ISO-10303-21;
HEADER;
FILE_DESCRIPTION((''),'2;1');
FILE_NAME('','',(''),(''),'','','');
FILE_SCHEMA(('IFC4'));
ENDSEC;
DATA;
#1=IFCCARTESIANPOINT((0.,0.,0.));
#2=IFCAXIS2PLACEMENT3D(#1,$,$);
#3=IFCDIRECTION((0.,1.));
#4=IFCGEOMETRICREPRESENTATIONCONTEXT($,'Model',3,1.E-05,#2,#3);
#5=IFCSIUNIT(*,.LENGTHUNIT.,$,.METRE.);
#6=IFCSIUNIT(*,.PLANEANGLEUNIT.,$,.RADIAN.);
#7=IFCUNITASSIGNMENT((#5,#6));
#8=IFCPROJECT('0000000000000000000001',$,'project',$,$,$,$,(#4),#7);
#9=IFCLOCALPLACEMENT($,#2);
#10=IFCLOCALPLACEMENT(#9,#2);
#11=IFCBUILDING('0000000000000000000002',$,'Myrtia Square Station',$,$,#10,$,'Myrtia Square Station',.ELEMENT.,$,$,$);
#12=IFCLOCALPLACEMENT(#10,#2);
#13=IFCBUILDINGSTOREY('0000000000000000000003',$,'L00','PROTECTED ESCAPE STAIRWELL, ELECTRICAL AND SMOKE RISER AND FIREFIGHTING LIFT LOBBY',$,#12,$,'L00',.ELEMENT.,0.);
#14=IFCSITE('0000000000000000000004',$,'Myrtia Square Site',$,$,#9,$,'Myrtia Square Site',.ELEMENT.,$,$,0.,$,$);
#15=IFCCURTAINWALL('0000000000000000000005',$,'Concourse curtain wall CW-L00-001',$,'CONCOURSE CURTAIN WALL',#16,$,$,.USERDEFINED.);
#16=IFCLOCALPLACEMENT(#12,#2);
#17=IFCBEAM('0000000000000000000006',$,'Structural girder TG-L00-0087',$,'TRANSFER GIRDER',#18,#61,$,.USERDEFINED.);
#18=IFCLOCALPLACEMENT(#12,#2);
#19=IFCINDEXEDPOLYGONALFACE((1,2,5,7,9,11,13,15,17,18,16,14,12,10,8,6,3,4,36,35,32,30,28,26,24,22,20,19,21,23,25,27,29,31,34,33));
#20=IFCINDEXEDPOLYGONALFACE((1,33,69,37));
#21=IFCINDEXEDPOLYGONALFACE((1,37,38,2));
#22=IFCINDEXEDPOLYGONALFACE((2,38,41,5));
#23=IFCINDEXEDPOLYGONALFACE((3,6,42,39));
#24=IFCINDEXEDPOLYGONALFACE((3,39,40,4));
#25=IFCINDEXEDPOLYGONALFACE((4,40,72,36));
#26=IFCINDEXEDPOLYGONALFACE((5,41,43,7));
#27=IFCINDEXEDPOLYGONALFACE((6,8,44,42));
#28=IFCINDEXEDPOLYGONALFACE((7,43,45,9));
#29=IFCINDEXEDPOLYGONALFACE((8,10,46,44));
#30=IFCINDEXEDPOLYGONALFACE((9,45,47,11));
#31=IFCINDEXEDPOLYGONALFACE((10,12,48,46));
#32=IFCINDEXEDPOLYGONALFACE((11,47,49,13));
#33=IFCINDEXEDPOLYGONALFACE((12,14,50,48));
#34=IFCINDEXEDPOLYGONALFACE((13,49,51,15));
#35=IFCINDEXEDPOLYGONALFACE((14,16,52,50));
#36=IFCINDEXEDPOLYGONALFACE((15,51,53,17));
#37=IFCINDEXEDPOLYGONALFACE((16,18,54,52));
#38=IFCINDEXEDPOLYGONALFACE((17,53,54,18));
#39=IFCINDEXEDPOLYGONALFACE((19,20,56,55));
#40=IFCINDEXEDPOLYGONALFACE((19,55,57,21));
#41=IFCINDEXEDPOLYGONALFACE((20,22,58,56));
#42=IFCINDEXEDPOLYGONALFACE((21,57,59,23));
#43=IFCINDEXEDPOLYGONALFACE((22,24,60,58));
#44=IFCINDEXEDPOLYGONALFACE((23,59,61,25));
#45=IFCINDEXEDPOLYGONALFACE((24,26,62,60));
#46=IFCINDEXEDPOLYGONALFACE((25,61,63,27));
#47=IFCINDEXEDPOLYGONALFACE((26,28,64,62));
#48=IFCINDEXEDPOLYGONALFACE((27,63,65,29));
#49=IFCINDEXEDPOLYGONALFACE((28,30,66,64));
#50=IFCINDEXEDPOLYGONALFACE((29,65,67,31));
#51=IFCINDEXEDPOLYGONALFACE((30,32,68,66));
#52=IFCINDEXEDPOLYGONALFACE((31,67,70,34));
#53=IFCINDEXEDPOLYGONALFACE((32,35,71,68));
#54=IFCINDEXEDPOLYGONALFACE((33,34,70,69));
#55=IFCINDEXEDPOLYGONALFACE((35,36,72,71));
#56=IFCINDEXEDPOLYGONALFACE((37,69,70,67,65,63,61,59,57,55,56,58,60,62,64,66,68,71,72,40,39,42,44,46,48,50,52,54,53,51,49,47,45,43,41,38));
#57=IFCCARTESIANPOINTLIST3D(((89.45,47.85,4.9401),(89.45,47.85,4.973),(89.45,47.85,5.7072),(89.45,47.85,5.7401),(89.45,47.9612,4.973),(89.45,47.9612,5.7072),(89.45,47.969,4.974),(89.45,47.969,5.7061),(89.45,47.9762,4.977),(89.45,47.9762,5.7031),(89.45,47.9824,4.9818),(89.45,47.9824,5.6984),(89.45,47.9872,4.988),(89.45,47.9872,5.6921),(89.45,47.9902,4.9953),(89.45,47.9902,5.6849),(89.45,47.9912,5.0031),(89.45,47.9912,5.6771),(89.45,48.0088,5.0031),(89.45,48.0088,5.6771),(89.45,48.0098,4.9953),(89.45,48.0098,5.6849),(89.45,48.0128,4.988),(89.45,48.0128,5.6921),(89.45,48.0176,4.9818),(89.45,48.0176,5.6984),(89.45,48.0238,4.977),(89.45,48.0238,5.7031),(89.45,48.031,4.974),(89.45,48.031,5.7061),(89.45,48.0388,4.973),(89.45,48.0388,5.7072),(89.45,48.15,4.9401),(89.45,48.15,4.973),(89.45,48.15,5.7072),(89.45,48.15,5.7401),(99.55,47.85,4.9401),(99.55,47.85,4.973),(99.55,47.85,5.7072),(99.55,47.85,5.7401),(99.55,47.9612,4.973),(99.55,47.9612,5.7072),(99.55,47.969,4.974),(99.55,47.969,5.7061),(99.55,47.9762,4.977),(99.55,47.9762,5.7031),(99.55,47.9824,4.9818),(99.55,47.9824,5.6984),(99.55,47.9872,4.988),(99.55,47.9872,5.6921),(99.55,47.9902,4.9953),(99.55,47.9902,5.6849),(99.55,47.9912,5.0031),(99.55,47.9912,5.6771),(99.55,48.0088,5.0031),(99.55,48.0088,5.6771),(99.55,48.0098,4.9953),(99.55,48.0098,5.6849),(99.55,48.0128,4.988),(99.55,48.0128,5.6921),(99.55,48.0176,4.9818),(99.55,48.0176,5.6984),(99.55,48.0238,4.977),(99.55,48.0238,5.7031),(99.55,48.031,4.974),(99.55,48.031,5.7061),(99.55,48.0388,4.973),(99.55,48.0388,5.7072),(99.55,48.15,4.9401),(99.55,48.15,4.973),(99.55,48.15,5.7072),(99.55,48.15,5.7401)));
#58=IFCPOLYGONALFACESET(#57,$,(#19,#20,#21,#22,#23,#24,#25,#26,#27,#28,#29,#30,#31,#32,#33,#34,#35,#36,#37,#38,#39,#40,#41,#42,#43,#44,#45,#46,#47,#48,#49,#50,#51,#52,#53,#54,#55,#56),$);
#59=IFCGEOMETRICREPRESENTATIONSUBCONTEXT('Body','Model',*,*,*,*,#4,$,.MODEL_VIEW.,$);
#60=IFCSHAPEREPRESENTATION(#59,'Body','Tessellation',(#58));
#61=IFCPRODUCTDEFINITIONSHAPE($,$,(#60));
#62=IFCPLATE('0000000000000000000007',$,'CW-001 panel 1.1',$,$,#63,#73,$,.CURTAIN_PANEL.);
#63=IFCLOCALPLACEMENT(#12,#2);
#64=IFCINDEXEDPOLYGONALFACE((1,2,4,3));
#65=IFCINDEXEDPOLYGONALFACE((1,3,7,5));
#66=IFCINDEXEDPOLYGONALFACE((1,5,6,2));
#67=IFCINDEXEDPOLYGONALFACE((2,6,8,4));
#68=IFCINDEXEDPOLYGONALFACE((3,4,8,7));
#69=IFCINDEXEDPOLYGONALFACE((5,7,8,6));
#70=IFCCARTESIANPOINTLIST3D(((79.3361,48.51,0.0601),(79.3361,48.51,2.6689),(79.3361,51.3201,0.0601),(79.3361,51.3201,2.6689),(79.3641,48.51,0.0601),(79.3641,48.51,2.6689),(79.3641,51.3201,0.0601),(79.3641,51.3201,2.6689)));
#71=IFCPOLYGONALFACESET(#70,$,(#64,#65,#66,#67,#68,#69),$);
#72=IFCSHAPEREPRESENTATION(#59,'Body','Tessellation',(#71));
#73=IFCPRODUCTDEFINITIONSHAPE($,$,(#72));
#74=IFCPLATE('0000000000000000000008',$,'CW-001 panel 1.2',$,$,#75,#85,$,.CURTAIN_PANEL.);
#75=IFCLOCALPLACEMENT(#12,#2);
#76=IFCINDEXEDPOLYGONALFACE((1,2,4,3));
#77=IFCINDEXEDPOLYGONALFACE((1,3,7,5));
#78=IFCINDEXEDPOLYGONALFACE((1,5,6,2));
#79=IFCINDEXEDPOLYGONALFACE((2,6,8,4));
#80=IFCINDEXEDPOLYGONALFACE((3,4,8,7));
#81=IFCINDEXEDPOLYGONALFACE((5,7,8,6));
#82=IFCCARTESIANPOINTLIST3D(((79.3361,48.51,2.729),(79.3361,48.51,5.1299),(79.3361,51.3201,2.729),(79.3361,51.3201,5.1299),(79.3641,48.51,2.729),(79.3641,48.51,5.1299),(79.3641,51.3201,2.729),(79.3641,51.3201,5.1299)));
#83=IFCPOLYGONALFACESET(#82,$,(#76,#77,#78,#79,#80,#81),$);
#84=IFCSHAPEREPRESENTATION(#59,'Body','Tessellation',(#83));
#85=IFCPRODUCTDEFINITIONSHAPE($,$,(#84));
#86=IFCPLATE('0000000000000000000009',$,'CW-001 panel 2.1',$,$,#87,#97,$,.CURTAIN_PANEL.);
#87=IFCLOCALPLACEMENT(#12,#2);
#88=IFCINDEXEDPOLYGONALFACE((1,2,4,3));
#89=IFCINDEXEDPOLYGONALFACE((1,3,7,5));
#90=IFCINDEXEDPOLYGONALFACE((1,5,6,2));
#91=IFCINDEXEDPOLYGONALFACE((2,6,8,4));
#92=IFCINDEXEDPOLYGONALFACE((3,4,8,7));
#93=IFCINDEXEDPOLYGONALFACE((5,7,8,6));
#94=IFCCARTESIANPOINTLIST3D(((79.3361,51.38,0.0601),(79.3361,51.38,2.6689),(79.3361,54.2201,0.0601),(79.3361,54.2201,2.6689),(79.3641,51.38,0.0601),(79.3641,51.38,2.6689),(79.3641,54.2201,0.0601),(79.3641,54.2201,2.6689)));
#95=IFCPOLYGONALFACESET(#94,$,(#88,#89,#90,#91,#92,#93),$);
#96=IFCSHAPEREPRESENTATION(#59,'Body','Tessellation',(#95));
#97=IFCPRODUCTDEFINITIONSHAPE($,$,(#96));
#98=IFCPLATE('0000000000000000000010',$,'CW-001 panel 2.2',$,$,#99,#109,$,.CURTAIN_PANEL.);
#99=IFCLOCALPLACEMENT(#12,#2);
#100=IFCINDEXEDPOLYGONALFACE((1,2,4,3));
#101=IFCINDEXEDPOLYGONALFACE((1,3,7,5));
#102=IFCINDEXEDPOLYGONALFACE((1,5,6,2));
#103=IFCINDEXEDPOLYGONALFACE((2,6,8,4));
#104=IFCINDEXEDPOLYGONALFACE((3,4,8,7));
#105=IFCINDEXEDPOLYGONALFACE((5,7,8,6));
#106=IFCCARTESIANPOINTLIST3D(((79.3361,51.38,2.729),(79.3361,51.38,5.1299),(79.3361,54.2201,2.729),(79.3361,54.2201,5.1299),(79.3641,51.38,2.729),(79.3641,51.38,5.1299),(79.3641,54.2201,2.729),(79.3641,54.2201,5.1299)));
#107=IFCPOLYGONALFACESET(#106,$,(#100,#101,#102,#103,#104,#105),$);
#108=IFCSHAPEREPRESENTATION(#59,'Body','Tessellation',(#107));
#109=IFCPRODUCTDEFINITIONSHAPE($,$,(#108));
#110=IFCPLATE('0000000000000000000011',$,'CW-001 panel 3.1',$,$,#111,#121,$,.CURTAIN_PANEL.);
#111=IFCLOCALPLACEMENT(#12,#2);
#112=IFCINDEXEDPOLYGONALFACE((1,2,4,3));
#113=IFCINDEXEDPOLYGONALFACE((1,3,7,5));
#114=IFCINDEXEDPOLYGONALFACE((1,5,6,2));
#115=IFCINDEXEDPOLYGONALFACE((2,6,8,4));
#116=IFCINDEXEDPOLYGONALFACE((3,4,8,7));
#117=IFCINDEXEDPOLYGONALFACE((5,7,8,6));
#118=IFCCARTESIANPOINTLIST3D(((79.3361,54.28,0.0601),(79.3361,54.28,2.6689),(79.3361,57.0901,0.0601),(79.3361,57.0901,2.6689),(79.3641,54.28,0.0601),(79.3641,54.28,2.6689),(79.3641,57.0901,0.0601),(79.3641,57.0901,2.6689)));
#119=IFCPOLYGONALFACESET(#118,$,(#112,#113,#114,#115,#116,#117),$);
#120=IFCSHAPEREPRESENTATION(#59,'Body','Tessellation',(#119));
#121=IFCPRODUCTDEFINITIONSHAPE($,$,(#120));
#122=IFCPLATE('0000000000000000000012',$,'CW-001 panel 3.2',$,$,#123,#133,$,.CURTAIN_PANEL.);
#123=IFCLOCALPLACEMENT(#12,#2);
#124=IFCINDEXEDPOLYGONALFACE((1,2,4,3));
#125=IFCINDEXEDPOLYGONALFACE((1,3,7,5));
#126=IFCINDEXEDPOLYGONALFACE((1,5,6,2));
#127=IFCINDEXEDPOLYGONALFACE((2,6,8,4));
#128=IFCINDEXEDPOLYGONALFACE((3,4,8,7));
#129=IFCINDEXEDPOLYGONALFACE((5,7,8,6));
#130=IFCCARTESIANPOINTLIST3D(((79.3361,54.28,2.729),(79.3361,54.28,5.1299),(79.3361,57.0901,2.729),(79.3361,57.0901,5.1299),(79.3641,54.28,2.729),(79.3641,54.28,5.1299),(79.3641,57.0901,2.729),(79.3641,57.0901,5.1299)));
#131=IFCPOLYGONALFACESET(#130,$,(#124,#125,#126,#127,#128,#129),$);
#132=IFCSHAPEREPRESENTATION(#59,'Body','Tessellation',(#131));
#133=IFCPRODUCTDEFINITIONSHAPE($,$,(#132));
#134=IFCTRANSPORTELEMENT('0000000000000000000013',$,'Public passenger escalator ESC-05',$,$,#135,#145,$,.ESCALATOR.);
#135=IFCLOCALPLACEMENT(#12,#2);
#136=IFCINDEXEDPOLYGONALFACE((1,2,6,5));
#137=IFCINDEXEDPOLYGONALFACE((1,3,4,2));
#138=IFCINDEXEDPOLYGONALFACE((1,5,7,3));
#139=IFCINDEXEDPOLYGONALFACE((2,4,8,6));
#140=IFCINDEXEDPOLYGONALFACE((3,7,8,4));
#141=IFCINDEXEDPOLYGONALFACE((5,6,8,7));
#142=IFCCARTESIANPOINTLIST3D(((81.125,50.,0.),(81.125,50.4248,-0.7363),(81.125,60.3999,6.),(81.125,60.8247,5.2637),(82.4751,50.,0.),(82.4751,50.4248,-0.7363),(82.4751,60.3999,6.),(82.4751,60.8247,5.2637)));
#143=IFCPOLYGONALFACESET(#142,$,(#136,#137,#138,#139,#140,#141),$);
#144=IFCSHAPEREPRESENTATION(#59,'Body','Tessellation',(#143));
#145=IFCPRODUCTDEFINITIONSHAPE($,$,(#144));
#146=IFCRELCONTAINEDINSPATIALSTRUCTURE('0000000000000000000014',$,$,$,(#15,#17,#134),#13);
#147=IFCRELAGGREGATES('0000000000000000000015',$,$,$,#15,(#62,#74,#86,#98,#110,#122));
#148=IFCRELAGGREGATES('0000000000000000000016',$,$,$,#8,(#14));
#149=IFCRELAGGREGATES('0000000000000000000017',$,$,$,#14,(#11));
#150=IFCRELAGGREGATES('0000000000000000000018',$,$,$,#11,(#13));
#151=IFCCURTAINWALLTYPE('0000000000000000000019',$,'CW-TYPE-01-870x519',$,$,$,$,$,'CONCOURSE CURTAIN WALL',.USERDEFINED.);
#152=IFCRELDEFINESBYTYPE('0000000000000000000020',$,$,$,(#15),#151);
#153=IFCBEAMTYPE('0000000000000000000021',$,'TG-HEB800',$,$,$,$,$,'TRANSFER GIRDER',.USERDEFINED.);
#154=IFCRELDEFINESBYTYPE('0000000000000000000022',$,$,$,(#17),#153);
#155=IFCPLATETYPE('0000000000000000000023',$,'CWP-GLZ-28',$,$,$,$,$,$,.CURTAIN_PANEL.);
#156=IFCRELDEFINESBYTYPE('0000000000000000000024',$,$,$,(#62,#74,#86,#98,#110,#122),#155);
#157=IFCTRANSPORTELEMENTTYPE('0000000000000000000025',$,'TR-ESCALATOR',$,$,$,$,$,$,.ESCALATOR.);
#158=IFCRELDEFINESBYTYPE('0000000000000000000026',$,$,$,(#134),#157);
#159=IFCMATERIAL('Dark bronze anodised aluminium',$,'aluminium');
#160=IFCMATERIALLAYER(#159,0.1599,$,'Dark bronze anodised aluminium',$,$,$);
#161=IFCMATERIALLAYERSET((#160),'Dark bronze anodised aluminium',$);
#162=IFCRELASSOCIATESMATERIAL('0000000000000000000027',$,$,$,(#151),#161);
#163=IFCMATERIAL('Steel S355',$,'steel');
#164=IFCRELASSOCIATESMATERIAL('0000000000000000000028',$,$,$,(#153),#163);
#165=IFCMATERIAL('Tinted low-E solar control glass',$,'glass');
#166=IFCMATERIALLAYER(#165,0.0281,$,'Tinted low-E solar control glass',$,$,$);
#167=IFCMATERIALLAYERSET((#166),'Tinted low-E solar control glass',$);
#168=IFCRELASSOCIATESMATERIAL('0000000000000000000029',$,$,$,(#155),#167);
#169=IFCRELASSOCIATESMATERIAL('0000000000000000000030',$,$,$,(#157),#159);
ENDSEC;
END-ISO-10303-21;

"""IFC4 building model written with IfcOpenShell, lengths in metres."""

from ifc_helpers import new_model, si_unit, direction, frame, origin, origin_2d, place, context, subcontext, project, spatial, polyline, rectangle, i_section, outline, extrude, material, layer, layer_set, material_profile, profile_set, type_object, element, aggregate, save


model = new_model("IFC4")

# Units and contexts
model_context = context("Model", 3, precision=1e-05, world=origin(), true_north=direction((0.0, 1.0)))
body_context = subcontext(model_context, "Body", "Model", "MODEL_VIEW")
ifc_project = project(units=[si_unit("LENGTHUNIT", "METRE"), si_unit("PLANEANGLEUNIT", "RADIAN")], contexts=[model_context])

# Site, building, storey
site_placement = place(None, origin())
site = spatial("IfcSite", under=ifc_project, at=site_placement, Name="Myrtia Square Site", LongName="Myrtia Square Site", CompositionType="ELEMENT", RefElevation=0.0)
building_placement = place(site_placement, origin())
building = spatial("IfcBuilding", under=site, at=building_placement, Name="Myrtia Square Station", LongName="Myrtia Square Station", CompositionType="ELEMENT")
storey_placement = place(building_placement, origin())
storey = spatial("IfcBuildingStorey", under=building, at=storey_placement, Name="L00", Description="PROTECTED ESCAPE STAIRWELL, ELECTRICAL AND SMOKE RISER AND FIREFIGHTING LIFT LOBBY", LongName="L00", CompositionType="ELEMENT", Elevation=0.0)

# Shared definitions
ifc_material_1 = material(Name="Steel S355", Category="steel")

# Curtain wall
ifc_material_2 = material(Name="Dark bronze anodised aluminium", Category="aluminium")
ifc_layer_1 = layer(ifc_material_2, 0.1599, Name="Dark bronze anodised aluminium")
ifc_layer_set_1 = layer_set([ifc_layer_1], Name="Dark bronze anodised aluminium")
curtain_wall_type = type_object("IfcCurtainWallType", Name="CW-TYPE-01-870x519", ElementType="CONCOURSE CURTAIN WALL", PredefinedType="USERDEFINED", material=ifc_layer_set_1)
curtain_wall_placement = place(storey_placement, origin())
curtain_wall = element("IfcCurtainWall", 1, at=curtain_wall_placement, inside=storey, type_object=curtain_wall_type, Name="Concourse curtain wall CW-L00-001", ObjectType="CONCOURSE CURTAIN WALL", PredefinedType="USERDEFINED")

# Beam
ifc_material_profile_1 = material_profile(ifc_material_1, i_section(OverallWidth=0.3, OverallDepth=0.8, WebThickness=0.0176, FlangeThickness=0.033, FilletRadius=0.03, at=origin_2d()), Name="HEB 800")
ifc_profile_set_1 = profile_set([ifc_material_profile_1], Name="Steel S355")
beam_type_1 = type_object("IfcBeamType", Name="TG-HEB800", ElementType="TRANSFER GIRDER", PredefinedType="USERDEFINED", material=ifc_profile_set_1)
beam_1_placement = place(storey_placement, frame((89.45, 48.0, 5.3401), z_axis=(1.0, 0.0, 0.0), x_axis=(0.0, 1.0, 0.0)))
element("IfcBeam", 2, at=beam_1_placement, inside=storey, type_object=beam_type_1, Name="Structural girder TG-L00-0087", ObjectType="TRANSFER GIRDER", PredefinedType="USERDEFINED", context=body_context, shape_type="SweptSolid", body=[
    extrude(i_section(OverallWidth=0.3, OverallDepth=0.8, WebThickness=0.0176, FlangeThickness=0.033, FilletRadius=0.03, at=origin_2d()), origin(), (0.0, 0.0, 1.0), 10.1001),
])

# Plates
ifc_material_3 = material(Name="Tinted low-E solar control glass", Category="glass")
ifc_layer_2 = layer(ifc_material_3, 0.0281, Name="Tinted low-E solar control glass")
ifc_layer_set_2 = layer_set([ifc_layer_2], Name="Tinted low-E solar control glass")
plate_type = type_object("IfcPlateType", Name="CWP-GLZ-28", PredefinedType="CURTAIN_PANEL", material=ifc_layer_set_2)
plate_1_placement = place(storey_placement, frame((79.3501, 49.915, 0.0601), z_axis=(0.0, 0.0, 1.0), x_axis=(0.0, 1.0, 0.0)))
plate_1 = element("IfcPlate", 3, at=plate_1_placement, type_object=plate_type, Name="CW-001 panel 1.1", PredefinedType="CURTAIN_PANEL", context=body_context, shape_type="SweptSolid", body=[
    extrude(rectangle(XDim=2.8101, YDim=0.0281, at=origin_2d()), origin(), (0.0, 0.0, 1.0), 2.6089),
])
plate_2_placement = place(storey_placement, frame((79.3501, 49.915, 2.729), z_axis=(0.0, 0.0, 1.0), x_axis=(0.0, 1.0, 0.0)))
plate_2 = element("IfcPlate", 4, at=plate_2_placement, type_object=plate_type, Name="CW-001 panel 1.2", PredefinedType="CURTAIN_PANEL", context=body_context, shape_type="SweptSolid", body=[
    extrude(rectangle(XDim=2.8101, YDim=0.0281, at=origin_2d()), origin(), (0.0, 0.0, 1.0), 2.4009),
])
plate_3_placement = place(storey_placement, frame((79.3501, 52.8, 0.0601), z_axis=(0.0, 0.0, 1.0), x_axis=(0.0, 1.0, 0.0)))
plate_3 = element("IfcPlate", 5, at=plate_3_placement, type_object=plate_type, Name="CW-001 panel 2.1", PredefinedType="CURTAIN_PANEL", context=body_context, shape_type="SweptSolid", body=[
    extrude(rectangle(XDim=2.8401, YDim=0.0281, at=origin_2d()), origin(), (0.0, 0.0, 1.0), 2.6089),
])
plate_4_placement = place(storey_placement, frame((79.3501, 52.8, 2.729), z_axis=(0.0, 0.0, 1.0), x_axis=(0.0, 1.0, 0.0)))
plate_4 = element("IfcPlate", 6, at=plate_4_placement, type_object=plate_type, Name="CW-001 panel 2.2", PredefinedType="CURTAIN_PANEL", context=body_context, shape_type="SweptSolid", body=[
    extrude(rectangle(XDim=2.8401, YDim=0.0281, at=origin_2d()), origin(), (0.0, 0.0, 1.0), 2.4009),
])
plate_5_placement = place(storey_placement, frame((79.3501, 55.6851, 0.0601), z_axis=(0.0, 0.0, 1.0), x_axis=(0.0, 1.0, 0.0)))
plate_5 = element("IfcPlate", 7, at=plate_5_placement, type_object=plate_type, Name="CW-001 panel 3.1", PredefinedType="CURTAIN_PANEL", context=body_context, shape_type="SweptSolid", body=[
    extrude(rectangle(XDim=2.8101, YDim=0.0281, at=origin_2d()), origin(), (0.0, 0.0, 1.0), 2.6089),
])
plate_6_placement = place(storey_placement, frame((79.3501, 55.6851, 2.729), z_axis=(0.0, 0.0, 1.0), x_axis=(0.0, 1.0, 0.0)))
plate_6 = element("IfcPlate", 8, at=plate_6_placement, type_object=plate_type, Name="CW-001 panel 3.2", PredefinedType="CURTAIN_PANEL", context=body_context, shape_type="SweptSolid", body=[
    extrude(rectangle(XDim=2.8101, YDim=0.0281, at=origin_2d()), origin(), (0.0, 0.0, 1.0), 2.4009),
])
aggregate(curtain_wall, [plate_1, plate_2, plate_3, plate_4, plate_5, plate_6])

# Transport element
transport_element_type = type_object("IfcTransportElementType", Name="TR-ESCALATOR", PredefinedType="ESCALATOR", material=ifc_material_2)
transport_element_placement = place(storey_placement, frame((81.125, 50.0, 0.0), z_axis=(0.0, -0.499726, 0.866184), x_axis=(0.0, 0.866184, 0.499726)))
element("IfcTransportElement", 9, at=transport_element_placement, inside=storey, type_object=transport_element_type, Name="Public passenger escalator ESC-05", PredefinedType="ESCALATOR", context=body_context, shape_type="SweptSolid", body=[
    extrude(outline(polyline([(0.0, 0.0), (12.0066, 0.0), (12.0066, -1.3501), (0.0, -1.3501), (0.0, 0.0)])), origin(), (0.0, 0.0, -1.0), 0.8501),
])

save(model, "model.ifc")
